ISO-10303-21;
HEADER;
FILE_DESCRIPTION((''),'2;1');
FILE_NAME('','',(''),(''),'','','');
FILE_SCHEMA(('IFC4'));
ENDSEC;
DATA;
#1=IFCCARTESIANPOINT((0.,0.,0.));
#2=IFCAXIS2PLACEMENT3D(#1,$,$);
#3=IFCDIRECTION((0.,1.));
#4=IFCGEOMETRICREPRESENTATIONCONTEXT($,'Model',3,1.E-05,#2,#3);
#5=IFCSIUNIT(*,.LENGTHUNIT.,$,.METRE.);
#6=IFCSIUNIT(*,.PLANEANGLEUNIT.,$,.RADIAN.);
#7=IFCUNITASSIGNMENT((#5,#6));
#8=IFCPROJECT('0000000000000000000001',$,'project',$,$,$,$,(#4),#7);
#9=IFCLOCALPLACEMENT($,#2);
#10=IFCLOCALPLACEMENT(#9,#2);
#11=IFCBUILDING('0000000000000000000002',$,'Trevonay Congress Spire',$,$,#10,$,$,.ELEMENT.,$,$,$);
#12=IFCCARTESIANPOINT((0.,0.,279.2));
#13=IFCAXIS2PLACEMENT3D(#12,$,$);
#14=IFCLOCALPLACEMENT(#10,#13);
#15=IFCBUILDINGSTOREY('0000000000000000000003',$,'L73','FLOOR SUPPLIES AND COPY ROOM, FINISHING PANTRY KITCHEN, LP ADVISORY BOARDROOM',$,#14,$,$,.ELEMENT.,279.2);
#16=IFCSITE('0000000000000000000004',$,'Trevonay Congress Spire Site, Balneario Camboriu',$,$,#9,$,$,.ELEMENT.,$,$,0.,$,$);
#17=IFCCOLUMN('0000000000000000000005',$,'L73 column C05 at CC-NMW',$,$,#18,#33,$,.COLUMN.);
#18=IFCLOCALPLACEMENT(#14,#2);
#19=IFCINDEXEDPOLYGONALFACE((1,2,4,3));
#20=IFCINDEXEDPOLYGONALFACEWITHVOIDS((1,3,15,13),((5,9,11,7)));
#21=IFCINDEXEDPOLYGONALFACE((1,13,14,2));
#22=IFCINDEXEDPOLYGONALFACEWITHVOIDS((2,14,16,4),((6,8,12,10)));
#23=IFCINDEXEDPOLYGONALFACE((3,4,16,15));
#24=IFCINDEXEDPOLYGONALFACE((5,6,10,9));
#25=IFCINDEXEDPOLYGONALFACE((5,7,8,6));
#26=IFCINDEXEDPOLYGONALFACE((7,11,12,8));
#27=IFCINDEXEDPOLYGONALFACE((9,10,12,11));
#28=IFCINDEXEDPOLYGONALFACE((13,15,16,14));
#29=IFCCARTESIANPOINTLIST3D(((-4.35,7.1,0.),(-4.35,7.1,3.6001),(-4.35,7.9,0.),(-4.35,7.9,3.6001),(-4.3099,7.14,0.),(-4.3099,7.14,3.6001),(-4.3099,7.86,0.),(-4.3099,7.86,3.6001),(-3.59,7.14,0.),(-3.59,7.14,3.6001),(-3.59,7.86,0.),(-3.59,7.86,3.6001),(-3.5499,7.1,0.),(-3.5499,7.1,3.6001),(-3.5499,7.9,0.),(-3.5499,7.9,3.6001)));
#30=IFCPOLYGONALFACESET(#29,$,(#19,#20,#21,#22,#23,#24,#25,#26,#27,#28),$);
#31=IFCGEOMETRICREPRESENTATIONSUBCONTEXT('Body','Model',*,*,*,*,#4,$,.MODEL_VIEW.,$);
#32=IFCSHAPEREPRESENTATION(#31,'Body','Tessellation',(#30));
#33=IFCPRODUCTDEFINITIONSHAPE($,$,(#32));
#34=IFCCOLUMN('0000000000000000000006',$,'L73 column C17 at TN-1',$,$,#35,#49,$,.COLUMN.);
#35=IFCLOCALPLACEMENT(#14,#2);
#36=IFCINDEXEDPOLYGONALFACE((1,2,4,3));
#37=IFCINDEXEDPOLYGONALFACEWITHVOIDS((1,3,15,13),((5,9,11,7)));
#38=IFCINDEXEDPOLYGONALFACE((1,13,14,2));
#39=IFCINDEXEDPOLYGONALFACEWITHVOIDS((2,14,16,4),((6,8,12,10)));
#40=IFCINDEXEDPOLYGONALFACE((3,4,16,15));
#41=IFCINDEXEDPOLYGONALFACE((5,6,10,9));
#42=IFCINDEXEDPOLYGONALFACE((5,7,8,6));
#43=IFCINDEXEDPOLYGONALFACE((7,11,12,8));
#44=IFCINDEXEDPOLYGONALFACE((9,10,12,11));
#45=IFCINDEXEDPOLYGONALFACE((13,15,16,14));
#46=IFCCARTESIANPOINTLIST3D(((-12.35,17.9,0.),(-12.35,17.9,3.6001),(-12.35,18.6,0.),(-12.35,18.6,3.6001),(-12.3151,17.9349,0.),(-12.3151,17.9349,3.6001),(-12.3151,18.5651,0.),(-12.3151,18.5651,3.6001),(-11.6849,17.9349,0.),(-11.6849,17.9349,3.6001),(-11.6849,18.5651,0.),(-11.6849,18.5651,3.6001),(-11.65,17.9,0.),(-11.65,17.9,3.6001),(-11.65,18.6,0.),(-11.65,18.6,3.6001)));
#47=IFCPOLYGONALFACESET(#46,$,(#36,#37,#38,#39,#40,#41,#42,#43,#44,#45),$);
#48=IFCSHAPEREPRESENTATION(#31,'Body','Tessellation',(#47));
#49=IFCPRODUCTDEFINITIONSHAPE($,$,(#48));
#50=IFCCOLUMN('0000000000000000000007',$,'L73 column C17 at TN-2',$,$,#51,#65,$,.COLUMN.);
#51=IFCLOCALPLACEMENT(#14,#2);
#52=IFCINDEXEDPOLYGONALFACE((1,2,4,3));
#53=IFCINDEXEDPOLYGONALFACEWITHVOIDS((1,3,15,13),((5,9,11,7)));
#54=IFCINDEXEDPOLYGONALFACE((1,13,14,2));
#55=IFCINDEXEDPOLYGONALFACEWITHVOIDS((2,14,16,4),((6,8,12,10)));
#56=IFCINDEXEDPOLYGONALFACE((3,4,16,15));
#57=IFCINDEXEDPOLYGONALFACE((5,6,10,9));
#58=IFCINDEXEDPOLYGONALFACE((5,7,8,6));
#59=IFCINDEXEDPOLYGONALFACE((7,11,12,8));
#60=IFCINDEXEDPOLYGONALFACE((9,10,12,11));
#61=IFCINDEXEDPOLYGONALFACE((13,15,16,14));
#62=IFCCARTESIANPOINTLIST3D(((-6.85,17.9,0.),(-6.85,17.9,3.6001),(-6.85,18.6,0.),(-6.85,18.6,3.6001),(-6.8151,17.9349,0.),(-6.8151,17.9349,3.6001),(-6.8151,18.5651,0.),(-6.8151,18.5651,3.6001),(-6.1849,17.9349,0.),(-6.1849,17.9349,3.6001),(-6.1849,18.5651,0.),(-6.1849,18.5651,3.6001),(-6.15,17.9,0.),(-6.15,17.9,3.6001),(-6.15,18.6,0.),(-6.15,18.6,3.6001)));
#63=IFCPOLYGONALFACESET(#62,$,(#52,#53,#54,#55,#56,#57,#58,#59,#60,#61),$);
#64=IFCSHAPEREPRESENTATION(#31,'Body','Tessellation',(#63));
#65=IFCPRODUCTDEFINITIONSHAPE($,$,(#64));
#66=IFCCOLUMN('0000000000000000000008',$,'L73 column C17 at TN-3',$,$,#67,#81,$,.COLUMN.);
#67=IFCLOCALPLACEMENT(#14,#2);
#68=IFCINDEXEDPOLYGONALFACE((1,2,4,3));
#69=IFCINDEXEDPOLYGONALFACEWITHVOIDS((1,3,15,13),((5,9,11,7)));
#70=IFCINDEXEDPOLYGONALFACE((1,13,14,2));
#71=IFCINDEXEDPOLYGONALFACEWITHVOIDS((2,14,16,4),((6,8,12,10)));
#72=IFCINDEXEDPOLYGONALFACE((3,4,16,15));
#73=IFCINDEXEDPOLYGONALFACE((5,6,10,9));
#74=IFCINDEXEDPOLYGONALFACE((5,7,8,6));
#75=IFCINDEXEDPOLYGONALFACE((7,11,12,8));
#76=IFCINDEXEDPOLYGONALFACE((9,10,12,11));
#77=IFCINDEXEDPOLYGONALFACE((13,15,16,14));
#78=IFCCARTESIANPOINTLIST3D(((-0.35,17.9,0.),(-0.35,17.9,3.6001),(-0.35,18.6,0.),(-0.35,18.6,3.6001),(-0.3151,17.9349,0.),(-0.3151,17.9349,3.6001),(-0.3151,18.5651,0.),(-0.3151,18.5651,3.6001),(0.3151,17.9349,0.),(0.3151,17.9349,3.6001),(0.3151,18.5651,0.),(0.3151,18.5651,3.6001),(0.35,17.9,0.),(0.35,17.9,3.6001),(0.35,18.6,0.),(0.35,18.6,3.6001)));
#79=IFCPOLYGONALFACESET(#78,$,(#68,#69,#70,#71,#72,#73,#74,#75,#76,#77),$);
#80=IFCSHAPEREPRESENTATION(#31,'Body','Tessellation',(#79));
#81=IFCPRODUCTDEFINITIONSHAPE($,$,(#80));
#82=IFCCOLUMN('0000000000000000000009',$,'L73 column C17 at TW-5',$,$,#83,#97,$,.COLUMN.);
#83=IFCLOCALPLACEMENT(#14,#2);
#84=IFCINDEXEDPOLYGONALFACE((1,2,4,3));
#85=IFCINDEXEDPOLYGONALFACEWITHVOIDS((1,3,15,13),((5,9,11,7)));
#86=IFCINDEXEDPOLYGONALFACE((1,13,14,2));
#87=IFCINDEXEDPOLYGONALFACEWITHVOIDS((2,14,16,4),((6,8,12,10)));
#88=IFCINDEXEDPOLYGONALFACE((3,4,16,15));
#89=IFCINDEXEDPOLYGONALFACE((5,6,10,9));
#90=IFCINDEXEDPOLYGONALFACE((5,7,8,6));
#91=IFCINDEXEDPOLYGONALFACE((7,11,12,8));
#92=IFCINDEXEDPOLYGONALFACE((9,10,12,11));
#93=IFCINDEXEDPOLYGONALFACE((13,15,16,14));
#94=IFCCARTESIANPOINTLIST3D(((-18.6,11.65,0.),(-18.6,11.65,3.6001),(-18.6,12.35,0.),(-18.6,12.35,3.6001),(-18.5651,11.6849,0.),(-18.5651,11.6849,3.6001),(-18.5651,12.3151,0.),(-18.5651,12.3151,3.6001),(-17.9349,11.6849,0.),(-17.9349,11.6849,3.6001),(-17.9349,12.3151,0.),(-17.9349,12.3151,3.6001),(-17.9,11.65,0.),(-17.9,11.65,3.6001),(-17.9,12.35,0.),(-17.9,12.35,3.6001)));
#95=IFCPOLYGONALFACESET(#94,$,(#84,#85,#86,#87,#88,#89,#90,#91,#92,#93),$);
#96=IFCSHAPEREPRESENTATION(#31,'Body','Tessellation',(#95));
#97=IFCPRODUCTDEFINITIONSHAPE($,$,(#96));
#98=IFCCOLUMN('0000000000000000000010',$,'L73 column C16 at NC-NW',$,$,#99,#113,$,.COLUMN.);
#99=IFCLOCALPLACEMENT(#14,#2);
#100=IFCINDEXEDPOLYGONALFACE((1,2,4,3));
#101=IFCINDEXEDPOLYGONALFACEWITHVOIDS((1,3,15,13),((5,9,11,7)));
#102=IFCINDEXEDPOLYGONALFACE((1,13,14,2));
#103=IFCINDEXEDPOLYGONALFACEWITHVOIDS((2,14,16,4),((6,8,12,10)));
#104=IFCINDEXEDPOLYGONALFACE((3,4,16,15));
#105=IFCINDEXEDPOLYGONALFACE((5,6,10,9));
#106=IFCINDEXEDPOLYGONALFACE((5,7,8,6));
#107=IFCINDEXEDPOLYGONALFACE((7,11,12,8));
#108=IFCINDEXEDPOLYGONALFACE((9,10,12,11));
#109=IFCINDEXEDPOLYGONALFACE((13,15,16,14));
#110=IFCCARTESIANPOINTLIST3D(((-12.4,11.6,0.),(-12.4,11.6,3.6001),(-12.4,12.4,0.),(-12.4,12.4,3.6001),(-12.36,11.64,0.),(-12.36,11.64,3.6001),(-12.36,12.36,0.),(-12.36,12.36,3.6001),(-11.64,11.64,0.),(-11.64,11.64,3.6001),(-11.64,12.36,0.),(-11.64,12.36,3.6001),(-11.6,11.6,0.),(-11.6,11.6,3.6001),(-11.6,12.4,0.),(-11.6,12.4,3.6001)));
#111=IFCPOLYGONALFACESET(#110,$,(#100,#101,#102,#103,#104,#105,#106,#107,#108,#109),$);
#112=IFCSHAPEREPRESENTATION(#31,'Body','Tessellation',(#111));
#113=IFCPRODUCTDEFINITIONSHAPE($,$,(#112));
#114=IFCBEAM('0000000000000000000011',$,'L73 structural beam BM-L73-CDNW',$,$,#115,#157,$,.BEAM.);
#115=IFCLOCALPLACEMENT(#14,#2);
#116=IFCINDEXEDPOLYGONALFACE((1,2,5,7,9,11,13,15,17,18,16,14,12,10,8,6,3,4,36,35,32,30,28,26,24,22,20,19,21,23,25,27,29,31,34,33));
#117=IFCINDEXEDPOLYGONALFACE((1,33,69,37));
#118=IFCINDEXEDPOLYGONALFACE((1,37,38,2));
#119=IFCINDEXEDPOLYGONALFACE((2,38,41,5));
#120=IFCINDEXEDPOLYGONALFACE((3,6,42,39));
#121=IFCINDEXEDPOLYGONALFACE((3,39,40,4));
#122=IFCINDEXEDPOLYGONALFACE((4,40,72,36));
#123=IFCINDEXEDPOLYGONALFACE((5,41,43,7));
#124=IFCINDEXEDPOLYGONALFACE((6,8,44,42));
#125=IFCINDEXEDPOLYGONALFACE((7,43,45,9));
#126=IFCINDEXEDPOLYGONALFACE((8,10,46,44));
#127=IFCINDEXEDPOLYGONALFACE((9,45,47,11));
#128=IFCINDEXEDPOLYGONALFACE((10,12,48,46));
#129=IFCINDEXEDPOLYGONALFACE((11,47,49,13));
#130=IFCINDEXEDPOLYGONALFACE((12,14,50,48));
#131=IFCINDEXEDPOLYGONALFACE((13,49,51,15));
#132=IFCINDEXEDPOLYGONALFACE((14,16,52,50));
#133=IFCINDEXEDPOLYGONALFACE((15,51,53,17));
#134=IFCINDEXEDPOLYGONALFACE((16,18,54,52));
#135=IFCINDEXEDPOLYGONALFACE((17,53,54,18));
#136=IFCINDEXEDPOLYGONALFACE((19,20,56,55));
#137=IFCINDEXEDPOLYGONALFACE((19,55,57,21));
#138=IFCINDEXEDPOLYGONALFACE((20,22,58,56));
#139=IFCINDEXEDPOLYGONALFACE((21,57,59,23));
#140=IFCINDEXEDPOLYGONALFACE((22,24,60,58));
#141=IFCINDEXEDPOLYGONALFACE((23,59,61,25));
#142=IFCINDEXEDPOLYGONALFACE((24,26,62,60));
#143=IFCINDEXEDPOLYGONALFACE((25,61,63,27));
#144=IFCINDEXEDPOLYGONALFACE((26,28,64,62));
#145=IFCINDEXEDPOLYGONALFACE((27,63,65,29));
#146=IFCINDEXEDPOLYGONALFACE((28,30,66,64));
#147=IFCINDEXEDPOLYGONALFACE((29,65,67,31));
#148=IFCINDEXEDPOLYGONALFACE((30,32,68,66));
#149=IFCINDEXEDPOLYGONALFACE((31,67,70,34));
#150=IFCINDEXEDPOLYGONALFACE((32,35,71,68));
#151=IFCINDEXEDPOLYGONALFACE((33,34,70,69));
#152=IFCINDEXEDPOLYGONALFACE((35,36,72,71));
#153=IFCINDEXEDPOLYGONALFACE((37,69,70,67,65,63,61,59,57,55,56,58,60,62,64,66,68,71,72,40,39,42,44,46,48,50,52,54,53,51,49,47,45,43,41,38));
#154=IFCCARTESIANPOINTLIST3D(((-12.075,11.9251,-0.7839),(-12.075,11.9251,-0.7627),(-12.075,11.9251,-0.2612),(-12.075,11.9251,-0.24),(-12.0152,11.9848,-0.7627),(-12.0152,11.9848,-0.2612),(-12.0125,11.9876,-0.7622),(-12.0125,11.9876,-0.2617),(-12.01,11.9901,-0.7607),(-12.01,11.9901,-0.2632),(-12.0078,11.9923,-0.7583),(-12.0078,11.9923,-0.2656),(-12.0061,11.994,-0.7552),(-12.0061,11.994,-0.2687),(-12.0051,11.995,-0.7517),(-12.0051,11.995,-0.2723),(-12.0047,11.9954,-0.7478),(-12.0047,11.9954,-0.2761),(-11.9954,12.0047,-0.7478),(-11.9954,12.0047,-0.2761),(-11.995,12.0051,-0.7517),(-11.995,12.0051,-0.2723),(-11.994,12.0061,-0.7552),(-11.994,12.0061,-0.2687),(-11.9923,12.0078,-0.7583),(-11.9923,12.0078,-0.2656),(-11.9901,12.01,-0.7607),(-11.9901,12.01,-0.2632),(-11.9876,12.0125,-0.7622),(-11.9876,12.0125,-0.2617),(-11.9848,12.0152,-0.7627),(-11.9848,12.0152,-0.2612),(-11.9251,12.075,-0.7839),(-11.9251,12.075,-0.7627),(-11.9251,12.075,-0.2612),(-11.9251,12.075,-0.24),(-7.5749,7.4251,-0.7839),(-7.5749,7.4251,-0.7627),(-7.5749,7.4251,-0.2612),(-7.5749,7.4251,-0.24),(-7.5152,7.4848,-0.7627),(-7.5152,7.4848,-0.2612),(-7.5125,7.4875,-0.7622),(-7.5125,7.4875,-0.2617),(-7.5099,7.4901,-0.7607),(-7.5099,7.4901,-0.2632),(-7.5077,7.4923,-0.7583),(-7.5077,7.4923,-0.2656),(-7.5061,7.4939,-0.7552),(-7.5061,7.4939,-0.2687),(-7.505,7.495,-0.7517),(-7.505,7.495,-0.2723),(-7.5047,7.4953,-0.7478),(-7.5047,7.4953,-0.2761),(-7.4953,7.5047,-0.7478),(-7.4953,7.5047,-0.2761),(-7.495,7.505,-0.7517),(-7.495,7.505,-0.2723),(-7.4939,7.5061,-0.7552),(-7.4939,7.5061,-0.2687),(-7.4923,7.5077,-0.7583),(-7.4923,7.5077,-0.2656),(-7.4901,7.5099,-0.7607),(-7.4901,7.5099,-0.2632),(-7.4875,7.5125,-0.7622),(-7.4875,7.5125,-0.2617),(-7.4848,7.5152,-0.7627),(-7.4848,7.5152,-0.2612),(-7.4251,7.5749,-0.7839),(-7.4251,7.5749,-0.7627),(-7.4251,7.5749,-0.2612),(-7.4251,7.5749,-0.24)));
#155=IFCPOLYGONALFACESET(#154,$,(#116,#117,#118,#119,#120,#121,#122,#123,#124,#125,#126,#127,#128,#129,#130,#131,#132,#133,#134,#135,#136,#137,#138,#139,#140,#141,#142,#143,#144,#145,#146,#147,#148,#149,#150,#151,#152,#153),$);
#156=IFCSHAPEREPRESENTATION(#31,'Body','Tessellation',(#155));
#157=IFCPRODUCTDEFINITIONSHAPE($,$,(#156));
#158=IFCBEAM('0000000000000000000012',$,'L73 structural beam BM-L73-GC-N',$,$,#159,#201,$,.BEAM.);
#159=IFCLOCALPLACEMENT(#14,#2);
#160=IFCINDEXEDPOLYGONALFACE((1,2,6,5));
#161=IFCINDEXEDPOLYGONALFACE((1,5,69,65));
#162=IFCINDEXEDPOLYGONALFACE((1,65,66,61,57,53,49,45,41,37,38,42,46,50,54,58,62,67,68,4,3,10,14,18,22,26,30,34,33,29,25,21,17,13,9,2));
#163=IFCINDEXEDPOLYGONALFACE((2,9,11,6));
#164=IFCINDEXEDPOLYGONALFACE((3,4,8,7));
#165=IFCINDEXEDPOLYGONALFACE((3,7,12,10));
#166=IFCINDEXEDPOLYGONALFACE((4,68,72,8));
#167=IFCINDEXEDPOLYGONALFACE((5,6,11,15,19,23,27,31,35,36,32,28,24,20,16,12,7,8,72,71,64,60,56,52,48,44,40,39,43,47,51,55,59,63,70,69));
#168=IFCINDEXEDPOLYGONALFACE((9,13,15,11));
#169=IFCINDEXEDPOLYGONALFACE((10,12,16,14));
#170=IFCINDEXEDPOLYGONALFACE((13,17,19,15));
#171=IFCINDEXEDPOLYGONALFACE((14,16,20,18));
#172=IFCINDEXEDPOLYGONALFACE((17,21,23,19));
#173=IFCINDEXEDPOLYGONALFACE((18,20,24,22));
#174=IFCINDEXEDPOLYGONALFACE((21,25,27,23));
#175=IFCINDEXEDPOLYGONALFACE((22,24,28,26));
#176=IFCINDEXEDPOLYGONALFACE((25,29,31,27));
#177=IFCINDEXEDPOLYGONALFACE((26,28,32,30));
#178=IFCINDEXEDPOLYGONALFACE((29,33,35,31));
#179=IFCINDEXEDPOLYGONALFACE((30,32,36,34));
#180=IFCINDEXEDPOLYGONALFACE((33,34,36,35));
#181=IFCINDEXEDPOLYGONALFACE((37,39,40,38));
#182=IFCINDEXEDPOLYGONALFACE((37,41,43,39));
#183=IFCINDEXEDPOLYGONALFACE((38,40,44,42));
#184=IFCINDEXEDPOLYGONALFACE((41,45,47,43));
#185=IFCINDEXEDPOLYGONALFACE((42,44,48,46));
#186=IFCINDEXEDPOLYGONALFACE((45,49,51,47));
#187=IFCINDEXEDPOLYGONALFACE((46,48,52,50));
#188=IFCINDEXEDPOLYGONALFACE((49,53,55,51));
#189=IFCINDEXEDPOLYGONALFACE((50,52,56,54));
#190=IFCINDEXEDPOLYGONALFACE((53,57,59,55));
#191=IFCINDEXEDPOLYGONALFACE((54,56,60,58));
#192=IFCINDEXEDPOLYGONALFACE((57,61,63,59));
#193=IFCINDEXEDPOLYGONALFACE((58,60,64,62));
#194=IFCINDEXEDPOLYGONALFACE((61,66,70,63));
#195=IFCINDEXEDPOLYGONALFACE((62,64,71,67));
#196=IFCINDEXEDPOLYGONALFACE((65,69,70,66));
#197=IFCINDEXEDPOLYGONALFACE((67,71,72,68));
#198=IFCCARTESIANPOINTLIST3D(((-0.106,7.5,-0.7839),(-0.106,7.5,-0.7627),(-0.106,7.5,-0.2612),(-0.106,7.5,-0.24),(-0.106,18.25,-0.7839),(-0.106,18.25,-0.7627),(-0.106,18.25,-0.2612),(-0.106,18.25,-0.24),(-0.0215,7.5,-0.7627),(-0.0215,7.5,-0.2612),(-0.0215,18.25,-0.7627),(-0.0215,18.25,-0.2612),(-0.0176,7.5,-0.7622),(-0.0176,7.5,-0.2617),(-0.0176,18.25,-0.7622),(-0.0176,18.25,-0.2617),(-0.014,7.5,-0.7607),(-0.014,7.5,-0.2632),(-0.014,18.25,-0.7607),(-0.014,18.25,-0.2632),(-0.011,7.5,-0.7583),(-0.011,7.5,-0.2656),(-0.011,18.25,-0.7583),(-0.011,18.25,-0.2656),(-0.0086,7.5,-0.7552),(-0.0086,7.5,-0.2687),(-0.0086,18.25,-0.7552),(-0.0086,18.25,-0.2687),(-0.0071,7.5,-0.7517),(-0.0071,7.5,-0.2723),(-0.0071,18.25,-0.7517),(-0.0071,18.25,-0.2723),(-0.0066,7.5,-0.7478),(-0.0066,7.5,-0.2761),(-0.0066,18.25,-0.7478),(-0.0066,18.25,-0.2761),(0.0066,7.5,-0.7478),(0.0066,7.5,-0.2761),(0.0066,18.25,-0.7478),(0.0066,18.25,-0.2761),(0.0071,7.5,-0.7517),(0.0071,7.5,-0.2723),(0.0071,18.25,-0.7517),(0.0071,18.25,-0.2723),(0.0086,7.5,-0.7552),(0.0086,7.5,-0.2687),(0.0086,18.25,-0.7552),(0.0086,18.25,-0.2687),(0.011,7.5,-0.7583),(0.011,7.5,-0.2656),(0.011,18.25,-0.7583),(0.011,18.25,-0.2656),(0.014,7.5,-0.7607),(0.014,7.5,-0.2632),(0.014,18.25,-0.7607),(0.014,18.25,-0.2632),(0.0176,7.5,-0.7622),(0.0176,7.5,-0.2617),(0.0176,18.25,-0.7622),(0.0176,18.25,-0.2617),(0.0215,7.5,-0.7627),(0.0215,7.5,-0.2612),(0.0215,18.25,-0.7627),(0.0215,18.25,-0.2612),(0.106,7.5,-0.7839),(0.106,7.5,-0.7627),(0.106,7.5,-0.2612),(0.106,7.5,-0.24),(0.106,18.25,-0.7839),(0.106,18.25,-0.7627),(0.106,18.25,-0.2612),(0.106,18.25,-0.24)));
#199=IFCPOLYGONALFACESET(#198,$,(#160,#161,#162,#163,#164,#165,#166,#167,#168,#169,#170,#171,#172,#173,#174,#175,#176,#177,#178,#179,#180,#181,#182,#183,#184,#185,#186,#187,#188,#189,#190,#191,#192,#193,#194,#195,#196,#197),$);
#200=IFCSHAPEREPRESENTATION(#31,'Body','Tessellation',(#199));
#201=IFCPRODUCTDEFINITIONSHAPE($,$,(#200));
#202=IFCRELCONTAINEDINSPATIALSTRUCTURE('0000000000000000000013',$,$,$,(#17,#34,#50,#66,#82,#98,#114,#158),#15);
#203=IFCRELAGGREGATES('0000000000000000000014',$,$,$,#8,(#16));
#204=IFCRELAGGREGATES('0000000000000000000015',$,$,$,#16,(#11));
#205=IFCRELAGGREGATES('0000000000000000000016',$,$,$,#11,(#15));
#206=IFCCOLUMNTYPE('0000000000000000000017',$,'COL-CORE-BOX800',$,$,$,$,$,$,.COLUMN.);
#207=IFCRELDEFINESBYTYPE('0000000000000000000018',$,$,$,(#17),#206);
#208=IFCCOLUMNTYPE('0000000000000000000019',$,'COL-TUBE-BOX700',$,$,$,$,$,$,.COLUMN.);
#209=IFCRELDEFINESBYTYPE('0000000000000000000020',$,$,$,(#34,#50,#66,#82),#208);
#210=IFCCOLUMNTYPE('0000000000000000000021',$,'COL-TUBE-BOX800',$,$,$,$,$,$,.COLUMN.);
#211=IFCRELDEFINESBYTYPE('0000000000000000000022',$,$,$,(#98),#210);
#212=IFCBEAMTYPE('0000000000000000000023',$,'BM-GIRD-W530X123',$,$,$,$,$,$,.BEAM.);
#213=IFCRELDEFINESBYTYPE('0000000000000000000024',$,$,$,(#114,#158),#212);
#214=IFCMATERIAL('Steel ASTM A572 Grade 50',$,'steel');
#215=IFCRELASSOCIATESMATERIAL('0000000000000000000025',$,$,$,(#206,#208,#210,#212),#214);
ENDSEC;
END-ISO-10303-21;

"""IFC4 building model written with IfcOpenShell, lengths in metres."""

from ifc_helpers import new_model, si_unit, direction, frame, origin, origin_2d, place, context, subcontext, project, spatial, hollow_rectangle, i_section, extrude, material, material_profile, profile_set, type_object, element, save


model = new_model("IFC4")

# Units and contexts
model_context = context("Model", 3, precision=1e-05, world=origin(), true_north=direction((0.0, 1.0)))
body_context = subcontext(model_context, "Body", "Model", "MODEL_VIEW")
ifc_project = project(units=[si_unit("LENGTHUNIT", "METRE"), si_unit("PLANEANGLEUNIT", "RADIAN")], contexts=[model_context])

# Site, building, storey
site_placement = place(None, origin())
site = spatial("IfcSite", under=ifc_project, at=site_placement, Name="Trevonay Congress Spire Site, Balneario Camboriu", CompositionType="ELEMENT", RefElevation=0.0)
building_placement = place(site_placement, origin())
building = spatial("IfcBuilding", under=site, at=building_placement, Name="Trevonay Congress Spire", CompositionType="ELEMENT")
storey_placement = place(building_placement, frame((0.0, 0.0, 279.2)))
storey = spatial("IfcBuildingStorey", under=building, at=storey_placement, Name="L73", Description="FLOOR SUPPLIES AND COPY ROOM, FINISHING PANTRY KITCHEN, LP ADVISORY BOARDROOM", CompositionType="ELEMENT", Elevation=279.2)

# Columns
ifc_material_1 = material(Name="Steel ASTM A572 Grade 50", Category="steel")
ifc_material_profile_1 = material_profile(ifc_material_1, hollow_rectangle(XDim=0.8, YDim=0.8, WallThickness=0.04, at=origin_2d()), Name="BOX 800x800x40")
ifc_profile_set_1 = profile_set([ifc_material_profile_1], Name="Steel ASTM A572 Grade 50")
column_type_1 = type_object("IfcColumnType", Name="COL-CORE-BOX800", PredefinedType="COLUMN", material=ifc_profile_set_1)
column_1_placement = place(storey_placement, frame((-3.95, 7.5, 0.0), z_axis=(0.0, 0.0, 1.0), x_axis=(1.0, 0.0, 0.0)))
element("IfcColumn", 1, at=column_1_placement, inside=storey, type_object=column_type_1, Name="L73 column C05 at CC-NMW", PredefinedType="COLUMN", context=body_context, shape_type="SweptSolid", body=[
    extrude(hollow_rectangle(XDim=0.8, YDim=0.8, WallThickness=0.04, at=origin_2d()), origin(), (0.0, 0.0, 1.0), 3.6001),
])
ifc_material_profile_2 = material_profile(ifc_material_1, hollow_rectangle(XDim=0.7, YDim=0.7, WallThickness=0.0349, at=origin_2d()), Name="BOX 700x700x35")
ifc_profile_set_2 = profile_set([ifc_material_profile_2], Name="Steel ASTM A572 Grade 50")
column_type_2 = type_object("IfcColumnType", Name="COL-TUBE-BOX700", PredefinedType="COLUMN", material=ifc_profile_set_2)
for number, where, z_axis, x_axis, name in (
    (2, (-12.0, 18.25, 0.0), (0.0, 0.0, 1.0), (1.0, 0.0, 0.0), "L73 column C17 at TN-1"),
    (3, (-6.5, 18.25, 0.0), (0.0, 0.0, 1.0), (1.0, 0.0, 0.0), "L73 column C17 at TN-2"),
    (4, (0.0, 18.25, 0.0), (0.0, 0.0, 1.0), (1.0, 0.0, 0.0), "L73 column C17 at TN-3"),
    (5, (-18.25, 12.0, 0.0), (0.0, 0.0, 1.0), (1.0, 0.0, 0.0), "L73 column C17 at TW-5"),
):
    element("IfcColumn", number, at=place(storey_placement, frame(where, z_axis=z_axis, x_axis=x_axis)), inside=storey, type_object=column_type_2, Name=name, PredefinedType="COLUMN", context=body_context, shape_type="SweptSolid", body=[
        extrude(hollow_rectangle(XDim=0.7, YDim=0.7, WallThickness=0.0349, at=origin_2d()), origin(), (0.0, 0.0, 1.0), 3.6001),
    ])
ifc_material_profile_3 = material_profile(ifc_material_1, hollow_rectangle(XDim=0.8, YDim=0.8, WallThickness=0.04, at=origin_2d()), Name="BOX 800x800x40")
ifc_profile_set_3 = profile_set([ifc_material_profile_3], Name="Steel ASTM A572 Grade 50")
column_type_3 = type_object("IfcColumnType", Name="COL-TUBE-BOX800", PredefinedType="COLUMN", material=ifc_profile_set_3)
column_2_placement = place(storey_placement, frame((-12.0, 12.0, 0.0), z_axis=(0.0, 0.0, 1.0), x_axis=(1.0, 0.0, 0.0)))
element("IfcColumn", 6, at=column_2_placement, inside=storey, type_object=column_type_3, Name="L73 column C16 at NC-NW", PredefinedType="COLUMN", context=body_context, shape_type="SweptSolid", body=[
    extrude(hollow_rectangle(XDim=0.8, YDim=0.8, WallThickness=0.04, at=origin_2d()), origin(), (0.0, 0.0, 1.0), 3.6001),
])

# Beams
ifc_material_profile_4 = material_profile(ifc_material_1, i_section(OverallWidth=0.2119, OverallDepth=0.5439, WebThickness=0.0132, FlangeThickness=0.0212, FilletRadius=0.0149, at=origin_2d()), Name="W530x123")
ifc_profile_set_4 = profile_set([ifc_material_profile_4], Name="Steel ASTM A572 Grade 50")
beam_type_1 = type_object("IfcBeamType", Name="BM-GIRD-W530X123", PredefinedType="BEAM", material=ifc_profile_set_4)
beam_1_placement = place(storey_placement, frame((-7.5, 7.5, -0.512), z_axis=(-0.707107, 0.707107, 0.0), x_axis=(-0.707107, -0.707107, 0.0)))
element("IfcBeam", 7, at=beam_1_placement, inside=storey, type_object=beam_type_1, Name="L73 structural beam BM-L73-CDNW", PredefinedType="BEAM", context=body_context, shape_type="SweptSolid", body=[
    extrude(i_section(OverallWidth=0.2119, OverallDepth=0.5439, WebThickness=0.0132, FlangeThickness=0.0212, FilletRadius=0.0149, at=origin_2d()), origin(), (0.0, 0.0, 1.0), 6.364),
])
beam_2_placement = place(storey_placement, frame((0.0, 7.5, -0.512), z_axis=(0.0, 1.0, 0.0), x_axis=(-1.0, 0.0, 0.0)))
element("IfcBeam", 8, at=beam_2_placement, inside=storey, type_object=beam_type_1, Name="L73 structural beam BM-L73-GC-N", PredefinedType="BEAM", context=body_context, shape_type="SweptSolid", body=[
    extrude(i_section(OverallWidth=0.2119, OverallDepth=0.5439, WebThickness=0.0132, FlangeThickness=0.0212, FilletRadius=0.0149, at=origin_2d()), origin(), (0.0, 0.0, 1.0), 10.75),
])

save(model, "model.ifc")
